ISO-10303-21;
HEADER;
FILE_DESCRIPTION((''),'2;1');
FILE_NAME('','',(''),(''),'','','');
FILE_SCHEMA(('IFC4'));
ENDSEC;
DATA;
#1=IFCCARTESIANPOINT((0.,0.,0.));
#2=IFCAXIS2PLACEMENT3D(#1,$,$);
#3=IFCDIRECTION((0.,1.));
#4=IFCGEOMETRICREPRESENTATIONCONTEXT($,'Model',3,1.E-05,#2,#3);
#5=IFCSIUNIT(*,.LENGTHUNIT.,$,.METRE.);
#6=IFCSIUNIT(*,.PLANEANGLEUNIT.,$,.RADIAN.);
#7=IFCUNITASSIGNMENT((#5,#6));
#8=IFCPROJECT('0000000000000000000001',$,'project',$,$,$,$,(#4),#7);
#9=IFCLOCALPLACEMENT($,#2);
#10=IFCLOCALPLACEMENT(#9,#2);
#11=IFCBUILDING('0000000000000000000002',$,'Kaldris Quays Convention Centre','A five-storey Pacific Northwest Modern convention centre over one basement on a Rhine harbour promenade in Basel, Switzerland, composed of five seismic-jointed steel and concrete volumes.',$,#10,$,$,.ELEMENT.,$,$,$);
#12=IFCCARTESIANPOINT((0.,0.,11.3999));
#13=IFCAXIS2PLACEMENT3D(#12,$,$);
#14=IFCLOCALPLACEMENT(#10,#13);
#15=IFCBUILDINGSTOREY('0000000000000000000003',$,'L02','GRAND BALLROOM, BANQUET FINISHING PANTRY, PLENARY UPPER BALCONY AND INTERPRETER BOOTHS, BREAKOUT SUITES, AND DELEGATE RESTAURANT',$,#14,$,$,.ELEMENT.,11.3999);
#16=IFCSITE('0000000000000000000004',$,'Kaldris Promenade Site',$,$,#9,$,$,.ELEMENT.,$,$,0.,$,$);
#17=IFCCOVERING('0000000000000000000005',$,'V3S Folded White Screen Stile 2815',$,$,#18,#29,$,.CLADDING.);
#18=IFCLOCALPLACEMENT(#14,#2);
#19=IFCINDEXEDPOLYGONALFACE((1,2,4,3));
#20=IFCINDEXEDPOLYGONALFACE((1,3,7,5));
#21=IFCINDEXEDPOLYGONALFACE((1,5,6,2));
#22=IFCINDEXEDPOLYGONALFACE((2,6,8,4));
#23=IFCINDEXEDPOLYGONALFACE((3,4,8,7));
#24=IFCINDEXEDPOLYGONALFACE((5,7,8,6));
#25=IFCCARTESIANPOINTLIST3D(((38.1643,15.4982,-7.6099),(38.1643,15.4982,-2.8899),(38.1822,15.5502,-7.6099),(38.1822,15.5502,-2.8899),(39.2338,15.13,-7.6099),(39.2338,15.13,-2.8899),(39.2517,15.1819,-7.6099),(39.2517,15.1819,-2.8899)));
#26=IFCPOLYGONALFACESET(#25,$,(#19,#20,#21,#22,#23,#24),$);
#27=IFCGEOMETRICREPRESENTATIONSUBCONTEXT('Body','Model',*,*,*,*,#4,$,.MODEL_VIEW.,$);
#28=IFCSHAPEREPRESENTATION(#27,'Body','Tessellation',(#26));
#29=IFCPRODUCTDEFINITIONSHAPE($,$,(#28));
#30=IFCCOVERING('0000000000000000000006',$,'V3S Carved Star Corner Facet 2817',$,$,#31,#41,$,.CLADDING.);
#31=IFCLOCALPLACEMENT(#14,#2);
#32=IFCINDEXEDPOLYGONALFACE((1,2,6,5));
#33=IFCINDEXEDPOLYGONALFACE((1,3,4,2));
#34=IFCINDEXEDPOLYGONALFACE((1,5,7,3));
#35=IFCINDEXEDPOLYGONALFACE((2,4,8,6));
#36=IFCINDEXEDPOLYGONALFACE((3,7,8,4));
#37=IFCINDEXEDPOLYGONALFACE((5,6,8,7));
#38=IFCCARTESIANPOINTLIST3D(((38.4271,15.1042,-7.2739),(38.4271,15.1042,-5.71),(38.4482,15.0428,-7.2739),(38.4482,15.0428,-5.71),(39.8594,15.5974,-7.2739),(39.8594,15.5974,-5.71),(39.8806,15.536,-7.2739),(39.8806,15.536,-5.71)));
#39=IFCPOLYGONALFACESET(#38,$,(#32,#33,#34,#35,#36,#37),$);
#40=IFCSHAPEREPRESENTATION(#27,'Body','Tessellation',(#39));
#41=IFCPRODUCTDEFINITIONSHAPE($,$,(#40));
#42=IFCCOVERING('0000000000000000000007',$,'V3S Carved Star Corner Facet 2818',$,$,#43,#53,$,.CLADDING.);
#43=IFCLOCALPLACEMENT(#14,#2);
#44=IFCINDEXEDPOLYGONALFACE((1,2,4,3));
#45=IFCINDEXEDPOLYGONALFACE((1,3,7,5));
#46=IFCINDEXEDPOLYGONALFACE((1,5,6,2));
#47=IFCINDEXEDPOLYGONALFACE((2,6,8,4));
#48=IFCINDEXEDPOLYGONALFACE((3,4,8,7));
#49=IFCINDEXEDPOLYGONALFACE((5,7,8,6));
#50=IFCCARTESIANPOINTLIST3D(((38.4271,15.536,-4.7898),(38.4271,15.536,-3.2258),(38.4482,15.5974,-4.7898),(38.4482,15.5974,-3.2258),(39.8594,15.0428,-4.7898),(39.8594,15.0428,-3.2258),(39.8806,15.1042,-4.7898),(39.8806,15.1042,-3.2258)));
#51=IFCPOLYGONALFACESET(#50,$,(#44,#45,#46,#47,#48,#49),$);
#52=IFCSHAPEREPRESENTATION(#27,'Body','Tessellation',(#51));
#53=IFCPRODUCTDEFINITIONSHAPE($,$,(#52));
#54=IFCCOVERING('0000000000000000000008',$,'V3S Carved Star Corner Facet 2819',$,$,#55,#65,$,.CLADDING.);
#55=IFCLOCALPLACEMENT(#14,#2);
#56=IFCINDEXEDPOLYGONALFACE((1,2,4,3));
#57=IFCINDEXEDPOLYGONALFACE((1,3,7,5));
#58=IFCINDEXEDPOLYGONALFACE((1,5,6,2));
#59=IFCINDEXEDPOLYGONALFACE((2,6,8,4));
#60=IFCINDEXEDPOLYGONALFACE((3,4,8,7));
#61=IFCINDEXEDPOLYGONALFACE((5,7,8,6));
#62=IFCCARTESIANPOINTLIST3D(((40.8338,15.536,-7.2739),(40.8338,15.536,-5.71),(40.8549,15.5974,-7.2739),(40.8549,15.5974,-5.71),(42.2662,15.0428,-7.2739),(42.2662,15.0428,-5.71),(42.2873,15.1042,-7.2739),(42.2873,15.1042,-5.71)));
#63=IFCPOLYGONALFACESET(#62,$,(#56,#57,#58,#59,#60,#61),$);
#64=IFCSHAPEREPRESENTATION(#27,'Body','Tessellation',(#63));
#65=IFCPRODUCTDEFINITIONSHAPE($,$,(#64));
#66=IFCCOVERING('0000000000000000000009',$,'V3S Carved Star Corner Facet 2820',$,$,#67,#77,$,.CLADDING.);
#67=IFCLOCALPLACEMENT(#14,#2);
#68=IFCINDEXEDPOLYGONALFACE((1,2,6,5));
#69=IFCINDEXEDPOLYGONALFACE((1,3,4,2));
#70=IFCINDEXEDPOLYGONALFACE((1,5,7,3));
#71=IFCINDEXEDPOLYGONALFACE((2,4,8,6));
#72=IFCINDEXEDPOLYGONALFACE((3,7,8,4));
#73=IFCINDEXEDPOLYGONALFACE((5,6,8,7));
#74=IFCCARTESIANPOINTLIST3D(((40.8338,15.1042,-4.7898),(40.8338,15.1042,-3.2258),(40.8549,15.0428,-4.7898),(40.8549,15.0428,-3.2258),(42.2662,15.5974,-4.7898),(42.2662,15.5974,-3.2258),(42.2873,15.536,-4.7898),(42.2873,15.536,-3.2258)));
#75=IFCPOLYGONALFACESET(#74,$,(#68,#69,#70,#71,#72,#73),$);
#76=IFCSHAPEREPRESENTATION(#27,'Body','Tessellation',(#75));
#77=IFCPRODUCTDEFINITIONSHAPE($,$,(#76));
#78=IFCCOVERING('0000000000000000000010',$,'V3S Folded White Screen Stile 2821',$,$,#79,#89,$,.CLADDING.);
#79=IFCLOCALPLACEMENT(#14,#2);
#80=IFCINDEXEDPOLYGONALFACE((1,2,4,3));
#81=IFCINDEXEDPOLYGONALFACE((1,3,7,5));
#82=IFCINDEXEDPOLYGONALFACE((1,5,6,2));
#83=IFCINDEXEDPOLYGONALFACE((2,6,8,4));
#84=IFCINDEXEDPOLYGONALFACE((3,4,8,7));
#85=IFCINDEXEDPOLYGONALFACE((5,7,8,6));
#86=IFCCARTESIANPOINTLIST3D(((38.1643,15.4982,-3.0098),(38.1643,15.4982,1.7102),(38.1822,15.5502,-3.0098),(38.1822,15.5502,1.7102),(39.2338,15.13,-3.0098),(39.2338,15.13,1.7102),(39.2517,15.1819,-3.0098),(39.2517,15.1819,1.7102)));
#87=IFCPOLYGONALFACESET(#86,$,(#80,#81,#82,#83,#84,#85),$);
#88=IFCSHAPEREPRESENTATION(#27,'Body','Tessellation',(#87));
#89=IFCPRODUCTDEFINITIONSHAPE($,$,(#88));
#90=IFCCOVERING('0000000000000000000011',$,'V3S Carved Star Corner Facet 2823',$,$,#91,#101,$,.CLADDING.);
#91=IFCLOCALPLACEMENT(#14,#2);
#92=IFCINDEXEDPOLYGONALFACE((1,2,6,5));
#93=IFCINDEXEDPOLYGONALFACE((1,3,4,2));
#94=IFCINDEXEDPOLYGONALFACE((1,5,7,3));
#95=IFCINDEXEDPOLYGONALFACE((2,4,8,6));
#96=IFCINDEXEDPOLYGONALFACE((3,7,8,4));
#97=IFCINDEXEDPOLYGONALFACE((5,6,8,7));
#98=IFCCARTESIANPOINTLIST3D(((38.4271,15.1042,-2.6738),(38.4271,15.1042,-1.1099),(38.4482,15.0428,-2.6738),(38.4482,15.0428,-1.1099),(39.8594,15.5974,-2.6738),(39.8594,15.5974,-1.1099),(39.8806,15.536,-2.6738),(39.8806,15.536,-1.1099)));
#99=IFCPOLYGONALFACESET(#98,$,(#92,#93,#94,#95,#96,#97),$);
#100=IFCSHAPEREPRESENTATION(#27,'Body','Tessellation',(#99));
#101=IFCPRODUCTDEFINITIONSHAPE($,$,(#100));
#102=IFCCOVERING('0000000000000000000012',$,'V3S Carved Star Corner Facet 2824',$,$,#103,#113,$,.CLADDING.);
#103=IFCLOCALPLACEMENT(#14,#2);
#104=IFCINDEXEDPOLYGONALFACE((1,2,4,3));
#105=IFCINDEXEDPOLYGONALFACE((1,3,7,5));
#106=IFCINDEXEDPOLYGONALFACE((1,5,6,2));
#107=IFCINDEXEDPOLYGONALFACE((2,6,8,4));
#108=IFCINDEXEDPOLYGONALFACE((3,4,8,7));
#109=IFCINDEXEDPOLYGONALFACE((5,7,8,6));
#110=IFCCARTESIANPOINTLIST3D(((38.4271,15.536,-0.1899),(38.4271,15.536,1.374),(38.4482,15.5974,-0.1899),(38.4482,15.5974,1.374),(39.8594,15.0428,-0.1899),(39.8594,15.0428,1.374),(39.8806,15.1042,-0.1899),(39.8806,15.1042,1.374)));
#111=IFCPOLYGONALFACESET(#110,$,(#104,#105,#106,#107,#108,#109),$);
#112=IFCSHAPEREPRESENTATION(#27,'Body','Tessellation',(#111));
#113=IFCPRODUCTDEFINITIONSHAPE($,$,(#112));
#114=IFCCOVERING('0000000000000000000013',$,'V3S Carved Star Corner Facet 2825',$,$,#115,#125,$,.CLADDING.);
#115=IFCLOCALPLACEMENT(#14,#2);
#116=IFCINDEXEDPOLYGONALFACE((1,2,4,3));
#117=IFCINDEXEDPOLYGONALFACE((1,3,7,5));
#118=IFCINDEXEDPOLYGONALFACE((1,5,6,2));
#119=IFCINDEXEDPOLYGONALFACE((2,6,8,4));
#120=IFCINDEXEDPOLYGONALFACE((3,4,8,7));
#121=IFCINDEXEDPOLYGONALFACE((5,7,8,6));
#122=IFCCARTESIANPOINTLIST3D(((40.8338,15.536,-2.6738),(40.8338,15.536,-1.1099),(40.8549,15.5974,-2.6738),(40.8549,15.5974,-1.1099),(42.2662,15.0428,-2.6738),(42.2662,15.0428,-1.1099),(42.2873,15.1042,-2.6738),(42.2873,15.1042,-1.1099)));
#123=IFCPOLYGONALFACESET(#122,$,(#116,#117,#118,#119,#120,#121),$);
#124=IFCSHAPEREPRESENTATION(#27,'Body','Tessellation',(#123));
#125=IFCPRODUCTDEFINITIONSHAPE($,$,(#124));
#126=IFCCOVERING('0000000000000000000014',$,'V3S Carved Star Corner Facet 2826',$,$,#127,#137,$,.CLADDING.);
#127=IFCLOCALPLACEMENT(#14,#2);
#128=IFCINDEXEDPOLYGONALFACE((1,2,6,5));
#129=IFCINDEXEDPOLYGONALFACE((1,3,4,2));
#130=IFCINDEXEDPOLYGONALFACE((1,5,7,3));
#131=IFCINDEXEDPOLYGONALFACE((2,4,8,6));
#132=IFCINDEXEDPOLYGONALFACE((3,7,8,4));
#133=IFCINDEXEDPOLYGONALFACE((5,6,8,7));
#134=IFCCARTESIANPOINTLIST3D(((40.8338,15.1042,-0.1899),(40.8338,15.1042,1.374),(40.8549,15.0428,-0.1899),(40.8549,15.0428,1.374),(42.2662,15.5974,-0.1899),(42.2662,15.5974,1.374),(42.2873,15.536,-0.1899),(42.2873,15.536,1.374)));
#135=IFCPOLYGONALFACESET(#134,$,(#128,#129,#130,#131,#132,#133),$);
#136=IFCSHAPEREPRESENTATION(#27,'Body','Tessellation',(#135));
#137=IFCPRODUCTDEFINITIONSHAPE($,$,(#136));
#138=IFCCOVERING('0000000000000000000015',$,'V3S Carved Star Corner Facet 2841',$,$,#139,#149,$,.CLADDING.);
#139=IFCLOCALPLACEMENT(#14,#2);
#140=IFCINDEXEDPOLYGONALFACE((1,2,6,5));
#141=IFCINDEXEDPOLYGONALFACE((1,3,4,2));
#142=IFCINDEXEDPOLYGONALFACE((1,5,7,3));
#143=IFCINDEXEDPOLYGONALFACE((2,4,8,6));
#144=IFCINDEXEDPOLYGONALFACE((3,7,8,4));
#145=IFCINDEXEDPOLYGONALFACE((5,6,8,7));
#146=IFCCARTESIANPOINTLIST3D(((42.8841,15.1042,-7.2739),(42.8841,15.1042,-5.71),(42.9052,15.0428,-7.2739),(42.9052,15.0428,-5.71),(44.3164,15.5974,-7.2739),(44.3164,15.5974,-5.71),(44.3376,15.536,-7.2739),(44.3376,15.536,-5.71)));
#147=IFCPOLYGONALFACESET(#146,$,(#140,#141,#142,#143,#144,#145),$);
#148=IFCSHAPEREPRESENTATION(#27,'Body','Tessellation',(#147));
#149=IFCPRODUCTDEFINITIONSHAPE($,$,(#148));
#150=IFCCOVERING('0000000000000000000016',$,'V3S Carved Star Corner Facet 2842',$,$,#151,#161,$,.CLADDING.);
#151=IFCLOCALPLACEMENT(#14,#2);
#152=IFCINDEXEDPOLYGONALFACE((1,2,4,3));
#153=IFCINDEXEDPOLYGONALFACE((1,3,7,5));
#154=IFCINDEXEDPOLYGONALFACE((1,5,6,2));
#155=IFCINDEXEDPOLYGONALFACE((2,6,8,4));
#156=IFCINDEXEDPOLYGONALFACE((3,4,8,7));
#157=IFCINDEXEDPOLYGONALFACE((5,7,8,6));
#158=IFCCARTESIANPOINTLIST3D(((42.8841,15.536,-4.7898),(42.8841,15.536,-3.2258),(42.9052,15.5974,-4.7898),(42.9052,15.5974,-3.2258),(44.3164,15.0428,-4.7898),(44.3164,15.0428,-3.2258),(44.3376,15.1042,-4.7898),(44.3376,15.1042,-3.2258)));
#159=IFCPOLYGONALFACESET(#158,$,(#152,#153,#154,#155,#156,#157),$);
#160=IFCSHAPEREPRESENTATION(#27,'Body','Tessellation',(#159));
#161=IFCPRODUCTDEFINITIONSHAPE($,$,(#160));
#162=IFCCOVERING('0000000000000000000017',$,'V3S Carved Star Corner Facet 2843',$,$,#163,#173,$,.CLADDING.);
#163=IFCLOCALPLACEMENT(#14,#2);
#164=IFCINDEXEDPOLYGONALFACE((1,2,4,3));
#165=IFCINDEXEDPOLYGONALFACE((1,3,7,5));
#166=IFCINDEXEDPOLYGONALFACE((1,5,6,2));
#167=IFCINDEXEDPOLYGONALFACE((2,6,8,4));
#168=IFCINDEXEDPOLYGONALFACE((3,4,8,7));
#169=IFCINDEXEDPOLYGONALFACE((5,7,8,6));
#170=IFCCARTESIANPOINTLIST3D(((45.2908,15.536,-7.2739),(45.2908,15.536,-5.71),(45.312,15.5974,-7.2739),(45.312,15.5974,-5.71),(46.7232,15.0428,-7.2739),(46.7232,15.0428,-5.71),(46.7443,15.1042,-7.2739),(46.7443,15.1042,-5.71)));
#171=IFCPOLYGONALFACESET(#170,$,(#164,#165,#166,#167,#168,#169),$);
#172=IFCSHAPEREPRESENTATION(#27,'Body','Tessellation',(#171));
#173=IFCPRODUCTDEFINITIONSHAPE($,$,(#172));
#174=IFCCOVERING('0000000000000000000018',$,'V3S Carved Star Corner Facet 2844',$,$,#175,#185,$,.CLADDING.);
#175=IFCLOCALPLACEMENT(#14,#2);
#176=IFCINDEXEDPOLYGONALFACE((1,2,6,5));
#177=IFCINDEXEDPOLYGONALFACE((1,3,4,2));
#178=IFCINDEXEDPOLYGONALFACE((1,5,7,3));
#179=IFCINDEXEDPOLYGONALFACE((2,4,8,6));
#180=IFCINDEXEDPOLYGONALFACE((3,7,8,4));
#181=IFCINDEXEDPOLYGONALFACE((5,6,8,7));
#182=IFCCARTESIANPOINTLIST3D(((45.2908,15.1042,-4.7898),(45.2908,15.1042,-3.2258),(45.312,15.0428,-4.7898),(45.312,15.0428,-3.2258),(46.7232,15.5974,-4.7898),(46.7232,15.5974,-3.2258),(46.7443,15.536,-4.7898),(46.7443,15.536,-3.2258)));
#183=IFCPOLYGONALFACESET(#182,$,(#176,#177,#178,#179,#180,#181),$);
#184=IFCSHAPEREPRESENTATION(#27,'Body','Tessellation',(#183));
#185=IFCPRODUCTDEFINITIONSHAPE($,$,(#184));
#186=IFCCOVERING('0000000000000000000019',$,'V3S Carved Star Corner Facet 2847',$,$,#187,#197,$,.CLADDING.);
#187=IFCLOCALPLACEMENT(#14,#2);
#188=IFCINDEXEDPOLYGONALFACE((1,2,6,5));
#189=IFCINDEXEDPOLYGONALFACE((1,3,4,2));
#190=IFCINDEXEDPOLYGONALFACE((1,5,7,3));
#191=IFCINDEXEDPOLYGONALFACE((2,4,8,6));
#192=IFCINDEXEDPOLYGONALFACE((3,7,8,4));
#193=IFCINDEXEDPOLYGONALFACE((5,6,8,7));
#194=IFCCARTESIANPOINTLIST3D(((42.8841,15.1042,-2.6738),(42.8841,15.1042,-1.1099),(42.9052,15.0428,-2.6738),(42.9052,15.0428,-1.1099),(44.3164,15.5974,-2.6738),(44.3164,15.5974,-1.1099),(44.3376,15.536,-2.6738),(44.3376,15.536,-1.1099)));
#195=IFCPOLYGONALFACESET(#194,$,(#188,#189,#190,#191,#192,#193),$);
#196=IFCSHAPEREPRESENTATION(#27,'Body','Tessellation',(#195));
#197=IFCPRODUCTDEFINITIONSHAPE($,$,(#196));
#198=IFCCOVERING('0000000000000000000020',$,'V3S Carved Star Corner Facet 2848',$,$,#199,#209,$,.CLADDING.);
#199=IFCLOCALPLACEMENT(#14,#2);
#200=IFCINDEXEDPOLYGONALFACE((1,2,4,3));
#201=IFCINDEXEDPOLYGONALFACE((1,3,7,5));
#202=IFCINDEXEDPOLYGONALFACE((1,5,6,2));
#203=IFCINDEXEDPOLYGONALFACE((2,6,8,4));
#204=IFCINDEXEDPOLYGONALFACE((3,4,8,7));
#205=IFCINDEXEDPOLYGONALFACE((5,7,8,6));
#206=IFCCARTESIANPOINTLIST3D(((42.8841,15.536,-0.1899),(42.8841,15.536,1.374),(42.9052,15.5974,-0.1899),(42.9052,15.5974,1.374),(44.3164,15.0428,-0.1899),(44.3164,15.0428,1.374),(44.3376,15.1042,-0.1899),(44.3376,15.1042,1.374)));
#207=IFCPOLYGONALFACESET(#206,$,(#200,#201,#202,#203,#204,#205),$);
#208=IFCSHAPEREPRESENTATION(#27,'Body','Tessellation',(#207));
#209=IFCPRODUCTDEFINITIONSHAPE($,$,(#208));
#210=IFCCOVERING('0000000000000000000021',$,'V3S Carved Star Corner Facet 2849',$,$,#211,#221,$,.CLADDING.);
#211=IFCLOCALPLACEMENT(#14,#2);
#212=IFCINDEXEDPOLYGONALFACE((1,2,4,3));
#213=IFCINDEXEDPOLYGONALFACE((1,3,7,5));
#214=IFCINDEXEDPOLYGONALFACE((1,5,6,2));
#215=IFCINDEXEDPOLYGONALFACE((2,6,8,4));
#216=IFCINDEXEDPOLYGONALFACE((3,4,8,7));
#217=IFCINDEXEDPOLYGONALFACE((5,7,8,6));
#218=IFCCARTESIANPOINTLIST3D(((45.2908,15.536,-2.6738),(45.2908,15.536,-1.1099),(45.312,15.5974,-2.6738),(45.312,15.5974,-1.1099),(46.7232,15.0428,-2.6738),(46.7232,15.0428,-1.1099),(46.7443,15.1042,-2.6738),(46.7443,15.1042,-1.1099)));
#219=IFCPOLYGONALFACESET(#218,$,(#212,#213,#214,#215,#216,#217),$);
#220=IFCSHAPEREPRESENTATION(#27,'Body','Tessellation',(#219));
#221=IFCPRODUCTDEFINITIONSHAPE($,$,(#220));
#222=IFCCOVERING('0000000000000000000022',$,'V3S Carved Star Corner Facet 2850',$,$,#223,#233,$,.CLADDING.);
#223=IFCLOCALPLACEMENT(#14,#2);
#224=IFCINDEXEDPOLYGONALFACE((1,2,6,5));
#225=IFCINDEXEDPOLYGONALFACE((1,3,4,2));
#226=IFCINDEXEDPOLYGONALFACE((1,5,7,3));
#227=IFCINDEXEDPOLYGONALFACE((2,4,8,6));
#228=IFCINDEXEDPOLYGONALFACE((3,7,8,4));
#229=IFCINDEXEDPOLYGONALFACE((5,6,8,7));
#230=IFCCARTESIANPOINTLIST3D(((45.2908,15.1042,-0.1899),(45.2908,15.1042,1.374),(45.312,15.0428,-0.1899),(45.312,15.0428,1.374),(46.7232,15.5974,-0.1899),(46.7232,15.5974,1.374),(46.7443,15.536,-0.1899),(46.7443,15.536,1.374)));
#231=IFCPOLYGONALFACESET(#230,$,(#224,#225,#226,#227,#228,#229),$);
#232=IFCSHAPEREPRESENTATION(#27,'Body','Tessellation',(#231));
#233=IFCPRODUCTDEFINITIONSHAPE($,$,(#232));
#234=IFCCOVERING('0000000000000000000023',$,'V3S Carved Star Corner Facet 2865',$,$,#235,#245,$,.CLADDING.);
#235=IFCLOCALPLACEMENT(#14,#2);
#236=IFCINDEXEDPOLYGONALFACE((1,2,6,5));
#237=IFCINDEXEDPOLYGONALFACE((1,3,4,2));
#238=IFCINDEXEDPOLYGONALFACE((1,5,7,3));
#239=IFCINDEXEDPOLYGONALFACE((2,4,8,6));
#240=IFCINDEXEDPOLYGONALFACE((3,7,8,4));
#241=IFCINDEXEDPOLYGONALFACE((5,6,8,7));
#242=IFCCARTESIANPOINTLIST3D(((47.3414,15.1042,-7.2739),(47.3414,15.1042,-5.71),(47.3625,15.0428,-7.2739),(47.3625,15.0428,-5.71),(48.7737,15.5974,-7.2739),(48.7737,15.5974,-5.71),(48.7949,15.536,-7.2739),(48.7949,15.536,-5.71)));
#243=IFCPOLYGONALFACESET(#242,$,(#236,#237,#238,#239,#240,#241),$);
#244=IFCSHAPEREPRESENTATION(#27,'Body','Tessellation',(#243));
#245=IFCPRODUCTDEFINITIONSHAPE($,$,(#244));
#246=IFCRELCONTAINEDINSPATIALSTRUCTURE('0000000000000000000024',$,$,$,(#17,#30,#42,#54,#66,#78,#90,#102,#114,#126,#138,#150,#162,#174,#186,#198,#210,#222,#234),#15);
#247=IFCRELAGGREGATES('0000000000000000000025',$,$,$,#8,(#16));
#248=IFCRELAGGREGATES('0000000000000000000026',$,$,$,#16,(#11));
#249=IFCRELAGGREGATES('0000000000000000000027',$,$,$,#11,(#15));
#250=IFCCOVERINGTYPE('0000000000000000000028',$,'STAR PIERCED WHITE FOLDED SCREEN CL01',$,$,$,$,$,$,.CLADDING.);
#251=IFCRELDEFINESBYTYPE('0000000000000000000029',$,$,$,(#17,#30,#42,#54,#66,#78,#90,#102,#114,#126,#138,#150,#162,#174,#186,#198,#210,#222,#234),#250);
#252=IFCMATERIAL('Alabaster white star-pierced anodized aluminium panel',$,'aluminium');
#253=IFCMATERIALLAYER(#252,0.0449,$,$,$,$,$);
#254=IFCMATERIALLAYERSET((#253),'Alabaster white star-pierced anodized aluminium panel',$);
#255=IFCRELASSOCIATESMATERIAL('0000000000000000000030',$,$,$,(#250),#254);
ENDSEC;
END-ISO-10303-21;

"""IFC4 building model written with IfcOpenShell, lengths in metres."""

from ifc_helpers import new_model, si_unit, direction, frame, origin, origin_2d, place, context, subcontext, project, spatial, rectangle, extrude, material, layer, layer_set, type_object, element, save


model = new_model("IFC4")

# Units and contexts
model_context = context("Model", 3, precision=1e-05, world=origin(), true_north=direction((0.0, 1.0)))
body_context = subcontext(model_context, "Body", "Model", "MODEL_VIEW")
ifc_project = project(units=[si_unit("LENGTHUNIT", "METRE"), si_unit("PLANEANGLEUNIT", "RADIAN")], contexts=[model_context])

# Site, building, storey
site_placement = place(None, origin())
site = spatial("IfcSite", under=ifc_project, at=site_placement, Name="Kaldris Promenade Site", CompositionType="ELEMENT", RefElevation=0.0)
building_placement = place(site_placement, origin())
building = spatial("IfcBuilding", under=site, at=building_placement, Name="Kaldris Quays Convention Centre", Description="A five-storey Pacific Northwest Modern convention centre over one basement on a Rhine harbour promenade in Basel, Switzerland, composed of five seismic-jointed steel and concrete volumes.", CompositionType="ELEMENT")
storey_placement = place(building_placement, frame((0.0, 0.0, 11.3999)))
storey = spatial("IfcBuildingStorey", under=building, at=storey_placement, Name="L02", Description="GRAND BALLROOM, BANQUET FINISHING PANTRY, PLENARY UPPER BALCONY AND INTERPRETER BOOTHS, BREAKOUT SUITES, AND DELEGATE RESTAURANT", CompositionType="ELEMENT", Elevation=11.3999)

# Coverings
ifc_material = material(Name="Alabaster white star-pierced anodized aluminium panel", Category="aluminium")
ifc_layer = layer(ifc_material, 0.0449)
ifc_layer_set = layer_set([ifc_layer], Name="Alabaster white star-pierced anodized aluminium panel")
covering_type = type_object("IfcCoveringType", Name="STAR PIERCED WHITE FOLDED SCREEN CL01", PredefinedType="CLADDING", material=ifc_layer_set)
covering_1_placement = place(storey_placement, frame((38.708, 15.3401, -7.6099), z_axis=(0.0, 0.0, 1.0), x_axis=(0.945519, -0.325568, 0.0)))
element("IfcCovering", 1, at=covering_1_placement, inside=storey, type_object=covering_type, Name="V3S Folded White Screen Stile 2815", PredefinedType="CLADDING", context=body_context, shape_type="SweptSolid", body=[
    extrude(rectangle(XDim=1.1311, YDim=0.0549, at=origin_2d()), origin(), (0.0, 0.0, 1.0), 4.72),
])
for number, where, z_axis, x_axis, name in (
    (2, (39.1538, 15.3201, -7.2739), (0.0, 0.0, 1.0), (0.945519, 0.325568, 0.0), "V3S Carved Star Corner Facet 2817"),
    (3, (39.1538, 15.3201, -4.7898), (0.0, 0.0, 1.0), (0.945519, -0.325568, 0.0), "V3S Carved Star Corner Facet 2818"),
    (4, (41.5605, 15.3201, -7.2739), (0.0, 0.0, 1.0), (0.945519, -0.325568, 0.0), "V3S Carved Star Corner Facet 2819"),
    (5, (41.5605, 15.3201, -4.7898), (0.0, 0.0, 1.0), (0.945519, 0.325568, 0.0), "V3S Carved Star Corner Facet 2820"),
):
    element("IfcCovering", number, at=place(storey_placement, frame(where, z_axis=z_axis, x_axis=x_axis)), inside=storey, type_object=covering_type, Name=name, PredefinedType="CLADDING", context=body_context, shape_type="SweptSolid", body=[
        extrude(rectangle(XDim=1.5149, YDim=0.0649, at=origin_2d()), origin(), (0.0, 0.0, 1.0), 1.564),
    ])
covering_2_placement = place(storey_placement, frame((38.708, 15.3401, -3.0098), z_axis=(0.0, 0.0, 1.0), x_axis=(0.945519, -0.325568, 0.0)))
element("IfcCovering", 6, at=covering_2_placement, inside=storey, type_object=covering_type, Name="V3S Folded White Screen Stile 2821", PredefinedType="CLADDING", context=body_context, shape_type="SweptSolid", body=[
    extrude(rectangle(XDim=1.1311, YDim=0.0549, at=origin_2d()), origin(), (0.0, 0.0, 1.0), 4.72),
])
for number, where, z_axis, x_axis, name in (
    (7, (39.1538, 15.3201, -2.6738), (0.0, 0.0, 1.0), (0.945519, 0.325568, 0.0), "V3S Carved Star Corner Facet 2823"),
    (8, (39.1538, 15.3201, -0.1899), (0.0, 0.0, 1.0), (0.945519, -0.325568, 0.0), "V3S Carved Star Corner Facet 2824"),
    (9, (41.5605, 15.3201, -2.6738), (0.0, 0.0, 1.0), (0.945519, -0.325568, 0.0), "V3S Carved Star Corner Facet 2825"),
    (10, (41.5605, 15.3201, -0.1899), (0.0, 0.0, 1.0), (0.945519, 0.325568, 0.0), "V3S Carved Star Corner Facet 2826"),
    (11, (43.6108, 15.3201, -7.2739), (0.0, 0.0, 1.0), (0.945519, 0.325568, 0.0), "V3S Carved Star Corner Facet 2841"),
    (12, (43.6108, 15.3201, -4.7898), (0.0, 0.0, 1.0), (0.945519, -0.325568, 0.0), "V3S Carved Star Corner Facet 2842"),
    (13, (46.0176, 15.3201, -7.2739), (0.0, 0.0, 1.0), (0.945519, -0.325568, 0.0), "V3S Carved Star Corner Facet 2843"),
    (14, (46.0176, 15.3201, -4.7898), (0.0, 0.0, 1.0), (0.945519, 0.325568, 0.0), "V3S Carved Star Corner Facet 2844"),
    (15, (43.6108, 15.3201, -2.6738), (0.0, 0.0, 1.0), (0.945519, 0.325568, 0.0), "V3S Carved Star Corner Facet 2847"),
    (16, (43.6108, 15.3201, -0.1899), (0.0, 0.0, 1.0), (0.945519, -0.325568, 0.0), "V3S Carved Star Corner Facet 2848"),
    (17, (46.0176, 15.3201, -2.6738), (0.0, 0.0, 1.0), (0.945519, -0.325568, 0.0), "V3S Carved Star Corner Facet 2849"),
    (18, (46.0176, 15.3201, -0.1899), (0.0, 0.0, 1.0), (0.945519, 0.325568, 0.0), "V3S Carved Star Corner Facet 2850"),
    (19, (48.0681, 15.3201, -7.2739), (0.0, 0.0, 1.0), (0.945519, 0.325568, 0.0), "V3S Carved Star Corner Facet 2865"),
):
    element("IfcCovering", number, at=place(storey_placement, frame(where, z_axis=z_axis, x_axis=x_axis)), inside=storey, type_object=covering_type, Name=name, PredefinedType="CLADDING", context=body_context, shape_type="SweptSolid", body=[
        extrude(rectangle(XDim=1.5149, YDim=0.0649, at=origin_2d()), origin(), (0.0, 0.0, 1.0), 1.564),
    ])

save(model, "model.ifc")
